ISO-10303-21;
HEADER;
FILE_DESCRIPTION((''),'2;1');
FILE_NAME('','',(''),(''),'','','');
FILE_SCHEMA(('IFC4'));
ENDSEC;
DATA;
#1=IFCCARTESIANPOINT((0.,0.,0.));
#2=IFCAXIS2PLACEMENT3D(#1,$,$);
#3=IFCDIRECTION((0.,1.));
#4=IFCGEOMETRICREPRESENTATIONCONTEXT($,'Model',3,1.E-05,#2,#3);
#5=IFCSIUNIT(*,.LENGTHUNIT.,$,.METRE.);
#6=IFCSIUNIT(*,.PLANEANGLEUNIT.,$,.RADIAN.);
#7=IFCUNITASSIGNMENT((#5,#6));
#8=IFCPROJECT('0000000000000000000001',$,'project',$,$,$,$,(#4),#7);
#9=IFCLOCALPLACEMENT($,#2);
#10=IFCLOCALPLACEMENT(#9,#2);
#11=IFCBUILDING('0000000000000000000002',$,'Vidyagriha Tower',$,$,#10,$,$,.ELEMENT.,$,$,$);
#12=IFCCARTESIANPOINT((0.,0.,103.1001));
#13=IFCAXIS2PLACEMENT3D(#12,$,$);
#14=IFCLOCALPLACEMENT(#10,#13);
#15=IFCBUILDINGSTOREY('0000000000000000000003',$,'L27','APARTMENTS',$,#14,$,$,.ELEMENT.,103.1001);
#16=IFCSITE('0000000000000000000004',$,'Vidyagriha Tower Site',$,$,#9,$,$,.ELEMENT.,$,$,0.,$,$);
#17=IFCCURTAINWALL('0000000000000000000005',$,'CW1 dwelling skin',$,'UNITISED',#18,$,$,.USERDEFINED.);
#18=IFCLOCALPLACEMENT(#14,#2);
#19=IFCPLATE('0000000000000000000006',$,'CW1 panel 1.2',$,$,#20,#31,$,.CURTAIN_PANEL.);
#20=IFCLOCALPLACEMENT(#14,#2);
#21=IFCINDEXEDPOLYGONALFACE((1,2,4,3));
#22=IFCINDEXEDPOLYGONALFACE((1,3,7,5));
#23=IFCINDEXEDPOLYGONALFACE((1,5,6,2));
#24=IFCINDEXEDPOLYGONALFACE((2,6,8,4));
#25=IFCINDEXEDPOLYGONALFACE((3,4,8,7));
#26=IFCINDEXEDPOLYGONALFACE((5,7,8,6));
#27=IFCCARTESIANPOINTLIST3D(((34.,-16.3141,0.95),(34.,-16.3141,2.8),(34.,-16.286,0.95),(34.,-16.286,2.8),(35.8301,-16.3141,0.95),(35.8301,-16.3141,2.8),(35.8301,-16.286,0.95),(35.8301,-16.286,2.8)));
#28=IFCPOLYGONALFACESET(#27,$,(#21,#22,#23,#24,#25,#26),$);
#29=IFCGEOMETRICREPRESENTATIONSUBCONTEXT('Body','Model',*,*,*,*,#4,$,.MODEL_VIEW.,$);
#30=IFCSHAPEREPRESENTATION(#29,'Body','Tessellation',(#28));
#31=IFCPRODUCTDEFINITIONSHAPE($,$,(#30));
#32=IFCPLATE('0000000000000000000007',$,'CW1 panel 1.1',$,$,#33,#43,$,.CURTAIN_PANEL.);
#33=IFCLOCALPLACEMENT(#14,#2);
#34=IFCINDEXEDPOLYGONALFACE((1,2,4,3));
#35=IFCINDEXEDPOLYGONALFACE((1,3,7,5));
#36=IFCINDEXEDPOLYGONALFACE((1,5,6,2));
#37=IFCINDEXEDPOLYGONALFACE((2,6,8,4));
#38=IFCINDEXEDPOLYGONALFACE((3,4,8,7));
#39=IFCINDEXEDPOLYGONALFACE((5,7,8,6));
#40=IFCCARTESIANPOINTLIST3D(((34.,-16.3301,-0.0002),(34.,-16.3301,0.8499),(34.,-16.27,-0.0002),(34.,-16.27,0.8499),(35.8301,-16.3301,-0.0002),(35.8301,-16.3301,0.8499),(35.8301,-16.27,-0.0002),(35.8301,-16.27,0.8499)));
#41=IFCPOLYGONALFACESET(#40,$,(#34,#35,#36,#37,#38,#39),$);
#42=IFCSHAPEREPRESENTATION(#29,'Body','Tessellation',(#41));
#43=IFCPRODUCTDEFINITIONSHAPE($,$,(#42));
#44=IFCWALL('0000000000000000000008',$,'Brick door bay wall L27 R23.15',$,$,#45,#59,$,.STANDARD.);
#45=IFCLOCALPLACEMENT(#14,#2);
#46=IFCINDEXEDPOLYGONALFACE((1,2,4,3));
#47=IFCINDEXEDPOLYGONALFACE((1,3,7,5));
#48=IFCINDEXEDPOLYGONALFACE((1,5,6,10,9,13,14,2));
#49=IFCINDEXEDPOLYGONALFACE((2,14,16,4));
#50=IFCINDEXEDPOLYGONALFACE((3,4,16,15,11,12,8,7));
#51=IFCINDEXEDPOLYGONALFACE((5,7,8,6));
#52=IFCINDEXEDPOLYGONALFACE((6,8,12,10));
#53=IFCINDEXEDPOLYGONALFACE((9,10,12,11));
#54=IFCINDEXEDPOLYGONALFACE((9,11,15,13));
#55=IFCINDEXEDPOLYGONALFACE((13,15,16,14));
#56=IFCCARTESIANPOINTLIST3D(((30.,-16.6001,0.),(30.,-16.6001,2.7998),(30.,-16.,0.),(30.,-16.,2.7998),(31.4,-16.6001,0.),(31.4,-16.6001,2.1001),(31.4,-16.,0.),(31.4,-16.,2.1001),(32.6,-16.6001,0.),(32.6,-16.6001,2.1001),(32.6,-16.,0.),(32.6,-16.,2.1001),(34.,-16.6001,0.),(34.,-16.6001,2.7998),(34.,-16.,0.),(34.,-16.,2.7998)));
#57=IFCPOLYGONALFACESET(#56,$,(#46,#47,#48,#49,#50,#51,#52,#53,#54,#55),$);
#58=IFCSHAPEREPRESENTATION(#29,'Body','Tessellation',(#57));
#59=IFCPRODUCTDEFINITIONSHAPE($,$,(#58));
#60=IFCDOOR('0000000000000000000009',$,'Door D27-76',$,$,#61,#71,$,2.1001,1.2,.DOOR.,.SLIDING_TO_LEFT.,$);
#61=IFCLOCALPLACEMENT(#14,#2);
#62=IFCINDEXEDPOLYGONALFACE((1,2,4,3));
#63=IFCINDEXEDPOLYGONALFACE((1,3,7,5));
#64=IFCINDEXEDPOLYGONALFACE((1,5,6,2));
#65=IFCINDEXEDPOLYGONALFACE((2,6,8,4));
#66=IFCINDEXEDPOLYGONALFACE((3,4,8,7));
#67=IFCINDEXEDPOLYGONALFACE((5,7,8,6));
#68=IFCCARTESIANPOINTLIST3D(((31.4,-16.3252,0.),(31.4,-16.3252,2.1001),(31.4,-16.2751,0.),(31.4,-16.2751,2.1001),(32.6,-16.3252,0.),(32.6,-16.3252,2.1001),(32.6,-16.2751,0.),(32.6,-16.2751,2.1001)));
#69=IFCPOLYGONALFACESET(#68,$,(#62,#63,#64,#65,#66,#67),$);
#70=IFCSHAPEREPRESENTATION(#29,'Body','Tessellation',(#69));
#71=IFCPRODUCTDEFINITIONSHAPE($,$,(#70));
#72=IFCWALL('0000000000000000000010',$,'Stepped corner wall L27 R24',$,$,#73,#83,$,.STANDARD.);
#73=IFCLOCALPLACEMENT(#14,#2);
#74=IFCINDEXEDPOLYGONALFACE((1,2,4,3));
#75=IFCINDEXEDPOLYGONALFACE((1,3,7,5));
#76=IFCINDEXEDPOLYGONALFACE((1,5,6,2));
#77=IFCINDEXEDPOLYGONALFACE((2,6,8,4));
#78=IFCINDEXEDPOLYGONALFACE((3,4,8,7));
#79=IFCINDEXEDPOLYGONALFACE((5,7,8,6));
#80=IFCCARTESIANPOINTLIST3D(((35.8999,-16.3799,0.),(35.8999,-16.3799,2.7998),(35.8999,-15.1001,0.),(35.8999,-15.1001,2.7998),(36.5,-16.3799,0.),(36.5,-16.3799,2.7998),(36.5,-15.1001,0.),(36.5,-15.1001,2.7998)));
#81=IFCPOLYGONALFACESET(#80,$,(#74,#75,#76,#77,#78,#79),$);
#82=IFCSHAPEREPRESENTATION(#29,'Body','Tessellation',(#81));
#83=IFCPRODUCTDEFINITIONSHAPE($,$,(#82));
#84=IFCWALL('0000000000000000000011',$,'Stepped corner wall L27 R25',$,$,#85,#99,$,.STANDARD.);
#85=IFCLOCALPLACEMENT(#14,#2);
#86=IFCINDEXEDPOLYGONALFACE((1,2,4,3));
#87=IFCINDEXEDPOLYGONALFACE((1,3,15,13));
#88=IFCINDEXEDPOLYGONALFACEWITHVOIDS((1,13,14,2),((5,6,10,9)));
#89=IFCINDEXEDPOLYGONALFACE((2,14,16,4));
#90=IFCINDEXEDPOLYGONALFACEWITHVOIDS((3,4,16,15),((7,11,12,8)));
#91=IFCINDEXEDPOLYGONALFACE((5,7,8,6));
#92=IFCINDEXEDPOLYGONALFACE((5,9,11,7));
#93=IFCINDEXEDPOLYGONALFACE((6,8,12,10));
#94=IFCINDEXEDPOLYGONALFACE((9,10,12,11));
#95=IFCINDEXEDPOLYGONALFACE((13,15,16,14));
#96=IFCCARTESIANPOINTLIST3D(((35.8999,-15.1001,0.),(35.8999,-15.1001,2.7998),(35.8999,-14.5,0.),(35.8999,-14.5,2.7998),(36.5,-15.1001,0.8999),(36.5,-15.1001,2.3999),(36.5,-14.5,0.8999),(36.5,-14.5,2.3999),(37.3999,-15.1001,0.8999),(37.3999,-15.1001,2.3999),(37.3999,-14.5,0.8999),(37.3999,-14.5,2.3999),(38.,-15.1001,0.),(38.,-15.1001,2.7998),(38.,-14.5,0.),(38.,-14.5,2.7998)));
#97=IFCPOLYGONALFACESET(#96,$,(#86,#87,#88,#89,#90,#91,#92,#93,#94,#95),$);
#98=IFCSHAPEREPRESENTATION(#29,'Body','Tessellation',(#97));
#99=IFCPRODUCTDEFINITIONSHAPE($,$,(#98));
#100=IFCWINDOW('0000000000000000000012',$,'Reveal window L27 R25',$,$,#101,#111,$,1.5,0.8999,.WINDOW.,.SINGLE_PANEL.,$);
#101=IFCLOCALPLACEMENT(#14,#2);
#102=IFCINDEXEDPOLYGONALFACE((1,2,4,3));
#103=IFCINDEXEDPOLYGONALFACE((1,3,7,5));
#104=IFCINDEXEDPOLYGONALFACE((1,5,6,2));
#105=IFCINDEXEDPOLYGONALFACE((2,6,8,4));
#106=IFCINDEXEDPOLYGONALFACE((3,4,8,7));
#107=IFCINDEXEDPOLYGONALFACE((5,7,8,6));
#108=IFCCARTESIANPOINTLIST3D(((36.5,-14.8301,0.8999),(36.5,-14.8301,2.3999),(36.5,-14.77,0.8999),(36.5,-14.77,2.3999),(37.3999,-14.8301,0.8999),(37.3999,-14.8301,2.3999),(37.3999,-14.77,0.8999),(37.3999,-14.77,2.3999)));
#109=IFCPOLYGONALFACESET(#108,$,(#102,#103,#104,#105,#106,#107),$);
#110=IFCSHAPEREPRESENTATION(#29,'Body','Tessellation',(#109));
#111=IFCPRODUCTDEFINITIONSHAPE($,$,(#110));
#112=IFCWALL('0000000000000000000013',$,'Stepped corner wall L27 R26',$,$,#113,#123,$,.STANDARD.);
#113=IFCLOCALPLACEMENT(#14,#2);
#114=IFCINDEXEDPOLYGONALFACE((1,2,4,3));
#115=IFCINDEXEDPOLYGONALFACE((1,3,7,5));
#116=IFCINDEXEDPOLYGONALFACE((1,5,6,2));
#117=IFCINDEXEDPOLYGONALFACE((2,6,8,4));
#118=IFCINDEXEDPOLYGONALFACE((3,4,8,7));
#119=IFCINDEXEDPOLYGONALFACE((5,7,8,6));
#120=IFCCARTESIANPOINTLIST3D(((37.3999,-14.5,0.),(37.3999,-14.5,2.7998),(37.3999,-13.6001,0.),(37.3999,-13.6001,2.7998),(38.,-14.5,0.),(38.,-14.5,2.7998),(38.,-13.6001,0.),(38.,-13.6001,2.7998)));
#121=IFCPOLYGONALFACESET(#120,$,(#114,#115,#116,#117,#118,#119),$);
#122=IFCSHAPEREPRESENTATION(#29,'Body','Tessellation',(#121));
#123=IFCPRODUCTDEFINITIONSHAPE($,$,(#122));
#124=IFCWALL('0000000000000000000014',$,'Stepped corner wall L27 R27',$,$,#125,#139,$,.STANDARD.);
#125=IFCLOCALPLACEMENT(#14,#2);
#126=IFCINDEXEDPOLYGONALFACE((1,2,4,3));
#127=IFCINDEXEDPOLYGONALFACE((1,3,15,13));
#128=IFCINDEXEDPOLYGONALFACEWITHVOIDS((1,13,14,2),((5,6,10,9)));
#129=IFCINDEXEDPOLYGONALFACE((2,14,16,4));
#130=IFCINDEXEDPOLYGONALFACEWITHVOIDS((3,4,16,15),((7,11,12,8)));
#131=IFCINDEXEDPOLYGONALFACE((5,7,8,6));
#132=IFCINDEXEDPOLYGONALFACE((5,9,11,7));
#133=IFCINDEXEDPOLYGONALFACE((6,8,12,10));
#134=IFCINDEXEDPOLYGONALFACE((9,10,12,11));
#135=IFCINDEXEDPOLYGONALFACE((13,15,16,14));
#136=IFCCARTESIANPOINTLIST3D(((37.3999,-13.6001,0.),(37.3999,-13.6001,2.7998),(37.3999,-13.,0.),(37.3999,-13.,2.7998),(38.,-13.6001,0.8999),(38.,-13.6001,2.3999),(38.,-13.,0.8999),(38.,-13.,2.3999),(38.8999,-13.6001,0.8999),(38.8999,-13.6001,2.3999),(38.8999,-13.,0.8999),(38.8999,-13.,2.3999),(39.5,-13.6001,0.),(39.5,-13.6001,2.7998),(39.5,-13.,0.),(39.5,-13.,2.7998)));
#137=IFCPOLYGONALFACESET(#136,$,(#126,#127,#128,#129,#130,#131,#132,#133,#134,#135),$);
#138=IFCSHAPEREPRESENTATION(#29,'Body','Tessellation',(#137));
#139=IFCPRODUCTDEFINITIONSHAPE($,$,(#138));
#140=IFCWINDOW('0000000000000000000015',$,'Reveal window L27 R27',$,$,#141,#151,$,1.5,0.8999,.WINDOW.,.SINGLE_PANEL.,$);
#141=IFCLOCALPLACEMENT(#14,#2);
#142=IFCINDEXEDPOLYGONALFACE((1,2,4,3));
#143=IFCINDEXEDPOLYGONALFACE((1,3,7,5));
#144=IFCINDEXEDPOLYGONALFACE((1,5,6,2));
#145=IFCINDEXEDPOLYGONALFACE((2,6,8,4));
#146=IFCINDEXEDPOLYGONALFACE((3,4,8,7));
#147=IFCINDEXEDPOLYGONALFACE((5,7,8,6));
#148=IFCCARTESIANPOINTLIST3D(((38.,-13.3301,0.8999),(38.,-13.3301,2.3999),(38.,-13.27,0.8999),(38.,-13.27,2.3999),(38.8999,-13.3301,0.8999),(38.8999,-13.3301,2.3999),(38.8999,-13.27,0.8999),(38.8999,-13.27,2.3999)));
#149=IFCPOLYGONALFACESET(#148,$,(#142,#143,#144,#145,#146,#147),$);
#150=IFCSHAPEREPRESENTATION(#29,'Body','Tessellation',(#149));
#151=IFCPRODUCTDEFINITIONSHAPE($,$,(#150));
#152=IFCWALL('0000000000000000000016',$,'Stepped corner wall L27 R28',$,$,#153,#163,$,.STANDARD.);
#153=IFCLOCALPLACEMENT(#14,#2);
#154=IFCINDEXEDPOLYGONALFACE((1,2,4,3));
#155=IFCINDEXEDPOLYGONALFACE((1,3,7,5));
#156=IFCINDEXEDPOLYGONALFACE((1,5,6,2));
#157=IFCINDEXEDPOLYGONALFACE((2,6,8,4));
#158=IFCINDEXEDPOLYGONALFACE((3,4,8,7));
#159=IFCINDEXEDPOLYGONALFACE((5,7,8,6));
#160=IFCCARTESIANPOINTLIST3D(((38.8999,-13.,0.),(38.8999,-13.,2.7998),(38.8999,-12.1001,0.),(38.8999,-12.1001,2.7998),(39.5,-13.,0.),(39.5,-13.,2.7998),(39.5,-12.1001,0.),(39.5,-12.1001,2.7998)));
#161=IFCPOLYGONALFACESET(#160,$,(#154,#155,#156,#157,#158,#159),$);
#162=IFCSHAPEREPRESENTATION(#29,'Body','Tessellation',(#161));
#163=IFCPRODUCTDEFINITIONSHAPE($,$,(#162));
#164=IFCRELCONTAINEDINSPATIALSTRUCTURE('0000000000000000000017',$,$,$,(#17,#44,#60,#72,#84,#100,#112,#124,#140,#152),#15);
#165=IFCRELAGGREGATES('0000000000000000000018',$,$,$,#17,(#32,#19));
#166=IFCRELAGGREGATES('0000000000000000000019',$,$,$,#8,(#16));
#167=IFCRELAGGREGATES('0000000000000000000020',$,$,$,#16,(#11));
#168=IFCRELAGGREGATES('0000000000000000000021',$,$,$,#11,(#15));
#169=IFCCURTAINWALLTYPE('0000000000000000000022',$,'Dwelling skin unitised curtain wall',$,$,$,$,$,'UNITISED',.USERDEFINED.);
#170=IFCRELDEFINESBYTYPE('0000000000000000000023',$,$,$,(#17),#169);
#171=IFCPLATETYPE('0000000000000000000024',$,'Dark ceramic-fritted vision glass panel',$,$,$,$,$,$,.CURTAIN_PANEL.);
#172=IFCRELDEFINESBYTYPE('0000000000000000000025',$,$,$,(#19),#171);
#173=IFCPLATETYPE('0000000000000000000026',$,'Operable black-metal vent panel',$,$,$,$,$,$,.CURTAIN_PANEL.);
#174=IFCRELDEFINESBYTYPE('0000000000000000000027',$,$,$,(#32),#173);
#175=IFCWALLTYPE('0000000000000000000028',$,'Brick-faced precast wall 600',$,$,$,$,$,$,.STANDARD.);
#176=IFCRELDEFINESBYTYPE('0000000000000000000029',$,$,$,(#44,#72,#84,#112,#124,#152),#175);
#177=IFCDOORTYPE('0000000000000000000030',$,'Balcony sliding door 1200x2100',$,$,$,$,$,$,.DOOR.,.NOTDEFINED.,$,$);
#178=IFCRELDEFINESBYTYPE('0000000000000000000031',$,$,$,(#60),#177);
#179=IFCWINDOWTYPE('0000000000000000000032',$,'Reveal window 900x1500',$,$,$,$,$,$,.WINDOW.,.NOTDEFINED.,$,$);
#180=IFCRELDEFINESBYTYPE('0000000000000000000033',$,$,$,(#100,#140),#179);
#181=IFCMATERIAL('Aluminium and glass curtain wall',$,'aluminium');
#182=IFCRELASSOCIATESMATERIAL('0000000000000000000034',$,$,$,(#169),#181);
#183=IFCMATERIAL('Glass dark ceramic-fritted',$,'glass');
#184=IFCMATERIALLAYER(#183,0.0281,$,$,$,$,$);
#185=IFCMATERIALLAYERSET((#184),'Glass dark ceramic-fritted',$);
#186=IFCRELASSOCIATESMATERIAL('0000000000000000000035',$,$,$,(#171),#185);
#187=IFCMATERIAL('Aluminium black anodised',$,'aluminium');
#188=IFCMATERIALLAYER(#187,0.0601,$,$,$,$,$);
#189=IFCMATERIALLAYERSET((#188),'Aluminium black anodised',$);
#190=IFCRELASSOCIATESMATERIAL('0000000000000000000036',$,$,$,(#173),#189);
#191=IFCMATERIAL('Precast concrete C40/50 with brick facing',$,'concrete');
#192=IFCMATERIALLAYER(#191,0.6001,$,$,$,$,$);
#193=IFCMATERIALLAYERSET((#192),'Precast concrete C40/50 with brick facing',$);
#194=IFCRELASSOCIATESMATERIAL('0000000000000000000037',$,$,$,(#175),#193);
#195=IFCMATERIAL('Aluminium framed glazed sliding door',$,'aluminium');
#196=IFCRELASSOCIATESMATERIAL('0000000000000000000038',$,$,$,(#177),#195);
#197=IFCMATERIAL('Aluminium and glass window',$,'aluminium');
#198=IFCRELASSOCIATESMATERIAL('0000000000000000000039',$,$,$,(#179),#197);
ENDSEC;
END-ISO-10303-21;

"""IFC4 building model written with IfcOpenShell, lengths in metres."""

from ifc_helpers import new_model, si_unit, direction, frame, frame_2d, origin, origin_2d, place, context, subcontext, project, spatial, rectangle, extrude, material, layer, layer_set, type_object, element, fill, aggregate, save


model = new_model("IFC4")

# Units and contexts
model_context = context("Model", 3, precision=1e-05, world=origin(), true_north=direction((0.0, 1.0)))
body_context = subcontext(model_context, "Body", "Model", "MODEL_VIEW")
ifc_project = project(units=[si_unit("LENGTHUNIT", "METRE"), si_unit("PLANEANGLEUNIT", "RADIAN")], contexts=[model_context])

# Site, building, storey
site_placement = place(None, origin())
site = spatial("IfcSite", under=ifc_project, at=site_placement, Name="Vidyagriha Tower Site", CompositionType="ELEMENT", RefElevation=0.0)
building_placement = place(site_placement, origin())
building = spatial("IfcBuilding", under=site, at=building_placement, Name="Vidyagriha Tower", CompositionType="ELEMENT")
storey_placement = place(building_placement, frame((0.0, 0.0, 103.1001)))
storey = spatial("IfcBuildingStorey", under=building, at=storey_placement, Name="L27", Description="APARTMENTS", CompositionType="ELEMENT", Elevation=103.1001)

# Curtain wall
ifc_material_1 = material(Name="Aluminium and glass curtain wall", Category="aluminium")
curtain_wall_type = type_object("IfcCurtainWallType", Name="Dwelling skin unitised curtain wall", ElementType="UNITISED", PredefinedType="USERDEFINED", material=ifc_material_1)
curtain_wall_1_placement = place(storey_placement, origin())
curtain_wall_1 = element("IfcCurtainWall", 1, at=curtain_wall_1_placement, inside=storey, type_object=curtain_wall_type, Name="CW1 dwelling skin", ObjectType="UNITISED", PredefinedType="USERDEFINED")

# Shared definitions
ifc_material_2 = material(Name="Glass dark ceramic-fritted", Category="glass")
ifc_layer_1 = layer(ifc_material_2, 0.0281)
ifc_layer_set_1 = layer_set([ifc_layer_1], Name="Glass dark ceramic-fritted")
plate_type_1 = type_object("IfcPlateType", Name="Dark ceramic-fritted vision glass panel", PredefinedType="CURTAIN_PANEL", material=ifc_layer_set_1)

# Plates
plate_1_placement = place(storey_placement, frame((34.915, -16.3, 0.95)))
plate_1 = element("IfcPlate", 2, at=plate_1_placement, type_object=plate_type_1, Name="CW1 panel 1.2", PredefinedType="CURTAIN_PANEL", context=body_context, shape_type="SweptSolid", body=[
    extrude(rectangle(XDim=1.8301, YDim=0.0281, at=origin_2d()), origin(), (0.0, 0.0, 1.0), 1.8501),
])
ifc_material_3 = material(Name="Aluminium black anodised", Category="aluminium")
ifc_layer_2 = layer(ifc_material_3, 0.0601)
ifc_layer_set_2 = layer_set([ifc_layer_2], Name="Aluminium black anodised")
plate_type_2 = type_object("IfcPlateType", Name="Operable black-metal vent panel", PredefinedType="CURTAIN_PANEL", material=ifc_layer_set_2)
plate_2_placement = place(storey_placement, frame((34.915, -16.3, -0.0002)))
plate_2 = element("IfcPlate", 3, at=plate_2_placement, type_object=plate_type_2, Name="CW1 panel 1.1", PredefinedType="CURTAIN_PANEL", context=body_context, shape_type="SweptSolid", body=[
    extrude(rectangle(XDim=1.8301, YDim=0.0601, at=origin_2d()), origin(), (0.0, 0.0, 1.0), 0.8501),
])
aggregate(curtain_wall_1, [plate_2, plate_1])

# Wall, opening, door
ifc_material_4 = material(Name="Precast concrete C40/50 with brick facing", Category="concrete")
ifc_layer_3 = layer(ifc_material_4, 0.6001)
ifc_layer_set_3 = layer_set([ifc_layer_3], Name="Precast concrete C40/50 with brick facing")
wall_type = type_object("IfcWallType", Name="Brick-faced precast wall 600", PredefinedType="STANDARD", material=ifc_layer_set_3)
wall_1_placement = place(storey_placement, frame((30.0, -16.3, 0.0)))
wall_1 = element("IfcWall", 4, at=wall_1_placement, inside=storey, type_object=wall_type, Name="Brick door bay wall L27 R23.15", PredefinedType="STANDARD", context=body_context, shape_type="SweptSolid", body=[
    extrude(rectangle(XDim=4.0, YDim=0.6001, at=frame_2d((2.0, 0.0))), origin(), (0.0, 0.0, 1.0), 2.7998),
])
opening_1_placement = place(wall_1_placement, frame((1.3999, 0.0, 0.0)))
opening_1 = element("IfcOpeningElement", 5, at=opening_1_placement, cuts=wall_1, PredefinedType="OPENING", context=body_context, shape_type="SweptSolid", body=[
    extrude(rectangle(XDim=1.2, YDim=2.1001, at=frame_2d((0.6001, 1.05))), frame((0.0, 0.3101, 0.0), z_axis=(0.0, -1.0, 0.0), x_axis=(1.0, 0.0, 0.0)), (0.0, 0.0, 1.0), 0.6201),
])
ifc_material_5 = material(Name="Aluminium framed glazed sliding door", Category="aluminium")
door_type = type_object("IfcDoorType", Name="Balcony sliding door 1200x2100", OperationType="NOTDEFINED", PredefinedType="DOOR", material=ifc_material_5)
door_placement = place(opening_1_placement, origin())
door = element("IfcDoor", 6, at=door_placement, inside=storey, type_object=door_type, Name="Door D27-76", OperationType="SLIDING_TO_LEFT", OverallHeight=2.1001, OverallWidth=1.2, PredefinedType="DOOR", context=body_context, shape_type="SweptSolid", body=[
    extrude(rectangle(XDim=1.2, YDim=2.1001, at=frame_2d((0.6001, 1.05))), frame((0.0, 0.0249, 0.0), z_axis=(0.0, -1.0, 0.0), x_axis=(1.0, 0.0, 0.0)), (0.0, 0.0, 1.0), 0.05),
])
fill(opening_1, door)

# Wall
wall_2_placement = place(storey_placement, frame((36.2, -16.3799, 0.0), z_axis=(0.0, 0.0, 1.0), x_axis=(0.0, 1.0, 0.0)))
element("IfcWall", 7, at=wall_2_placement, inside=storey, type_object=wall_type, Name="Stepped corner wall L27 R24", PredefinedType="STANDARD", context=body_context, shape_type="SweptSolid", body=[
    extrude(rectangle(XDim=1.2798, YDim=0.6001, at=frame_2d((0.6399, 0.0))), origin(), (0.0, 0.0, 1.0), 2.7998),
])

# Wall, opening, window
wall_3_placement = place(storey_placement, frame((35.8999, -14.8, 0.0)))
wall_3 = element("IfcWall", 8, at=wall_3_placement, inside=storey, type_object=wall_type, Name="Stepped corner wall L27 R25", PredefinedType="STANDARD", context=body_context, shape_type="SweptSolid", body=[
    extrude(rectangle(XDim=2.1001, YDim=0.6001, at=frame_2d((1.05, 0.0))), origin(), (0.0, 0.0, 1.0), 2.7998),
])
opening_2_placement = place(wall_3_placement, frame((0.6001, 0.0, 0.8999)))
opening_2 = element("IfcOpeningElement", 9, at=opening_2_placement, cuts=wall_3, PredefinedType="OPENING", context=body_context, shape_type="SweptSolid", body=[
    extrude(rectangle(XDim=0.8999, YDim=1.5, at=frame_2d((0.45, 0.75))), frame((0.0, 0.3101, 0.0), z_axis=(0.0, -1.0, 0.0), x_axis=(1.0, 0.0, 0.0)), (0.0, 0.0, 1.0), 0.6201),
])
ifc_material_6 = material(Name="Aluminium and glass window", Category="aluminium")
window_type = type_object("IfcWindowType", Name="Reveal window 900x1500", PartitioningType="NOTDEFINED", PredefinedType="WINDOW", material=ifc_material_6)
window_1_placement = place(opening_2_placement, origin())
window_1 = element("IfcWindow", 10, at=window_1_placement, inside=storey, type_object=window_type, Name="Reveal window L27 R25", OverallHeight=1.5, OverallWidth=0.8999, PartitioningType="SINGLE_PANEL", PredefinedType="WINDOW", context=body_context, shape_type="SweptSolid", body=[
    extrude(rectangle(XDim=0.8999, YDim=1.5, at=frame_2d((0.45, 0.75))), frame((0.0, 0.03, 0.0), z_axis=(0.0, -1.0, 0.0), x_axis=(1.0, 0.0, 0.0)), (0.0, 0.0, 1.0), 0.0601),
])
fill(opening_2, window_1)

# Wall
wall_4_placement = place(storey_placement, frame((37.7, -14.5, 0.0), z_axis=(0.0, 0.0, 1.0), x_axis=(0.0, 1.0, 0.0)))
element("IfcWall", 11, at=wall_4_placement, inside=storey, type_object=wall_type, Name="Stepped corner wall L27 R26", PredefinedType="STANDARD", context=body_context, shape_type="SweptSolid", body=[
    extrude(rectangle(XDim=0.8999, YDim=0.6001, at=frame_2d((0.45, 0.0))), origin(), (0.0, 0.0, 1.0), 2.7998),
])

# Wall, opening, window
wall_5_placement = place(storey_placement, frame((37.3999, -13.3, 0.0)))
wall_5 = element("IfcWall", 12, at=wall_5_placement, inside=storey, type_object=wall_type, Name="Stepped corner wall L27 R27", PredefinedType="STANDARD", context=body_context, shape_type="SweptSolid", body=[
    extrude(rectangle(XDim=2.1001, YDim=0.6001, at=frame_2d((1.05, 0.0))), origin(), (0.0, 0.0, 1.0), 2.7998),
])
opening_3_placement = place(wall_5_placement, frame((0.6001, 0.0, 0.8999)))
opening_3 = element("IfcOpeningElement", 13, at=opening_3_placement, cuts=wall_5, PredefinedType="OPENING", context=body_context, shape_type="SweptSolid", body=[
    extrude(rectangle(XDim=0.8999, YDim=1.5, at=frame_2d((0.45, 0.75))), frame((0.0, 0.3101, 0.0), z_axis=(0.0, -1.0, 0.0), x_axis=(1.0, 0.0, 0.0)), (0.0, 0.0, 1.0), 0.6201),
])
window_2_placement = place(opening_3_placement, origin())
window_2 = element("IfcWindow", 14, at=window_2_placement, inside=storey, type_object=window_type, Name="Reveal window L27 R27", OverallHeight=1.5, OverallWidth=0.8999, PartitioningType="SINGLE_PANEL", PredefinedType="WINDOW", context=body_context, shape_type="SweptSolid", body=[
    extrude(rectangle(XDim=0.8999, YDim=1.5, at=frame_2d((0.45, 0.75))), frame((0.0, 0.03, 0.0), z_axis=(0.0, -1.0, 0.0), x_axis=(1.0, 0.0, 0.0)), (0.0, 0.0, 1.0), 0.0601),
])
fill(opening_3, window_2)

# Wall
wall_6_placement = place(storey_placement, frame((39.2, -13.0, 0.0), z_axis=(0.0, 0.0, 1.0), x_axis=(0.0, 1.0, 0.0)))
element("IfcWall", 15, at=wall_6_placement, inside=storey, type_object=wall_type, Name="Stepped corner wall L27 R28", PredefinedType="STANDARD", context=body_context, shape_type="SweptSolid", body=[
    extrude(rectangle(XDim=0.8999, YDim=0.6001, at=frame_2d((0.45, 0.0))), origin(), (0.0, 0.0, 1.0), 2.7998),
])

save(model, "model.ifc")
